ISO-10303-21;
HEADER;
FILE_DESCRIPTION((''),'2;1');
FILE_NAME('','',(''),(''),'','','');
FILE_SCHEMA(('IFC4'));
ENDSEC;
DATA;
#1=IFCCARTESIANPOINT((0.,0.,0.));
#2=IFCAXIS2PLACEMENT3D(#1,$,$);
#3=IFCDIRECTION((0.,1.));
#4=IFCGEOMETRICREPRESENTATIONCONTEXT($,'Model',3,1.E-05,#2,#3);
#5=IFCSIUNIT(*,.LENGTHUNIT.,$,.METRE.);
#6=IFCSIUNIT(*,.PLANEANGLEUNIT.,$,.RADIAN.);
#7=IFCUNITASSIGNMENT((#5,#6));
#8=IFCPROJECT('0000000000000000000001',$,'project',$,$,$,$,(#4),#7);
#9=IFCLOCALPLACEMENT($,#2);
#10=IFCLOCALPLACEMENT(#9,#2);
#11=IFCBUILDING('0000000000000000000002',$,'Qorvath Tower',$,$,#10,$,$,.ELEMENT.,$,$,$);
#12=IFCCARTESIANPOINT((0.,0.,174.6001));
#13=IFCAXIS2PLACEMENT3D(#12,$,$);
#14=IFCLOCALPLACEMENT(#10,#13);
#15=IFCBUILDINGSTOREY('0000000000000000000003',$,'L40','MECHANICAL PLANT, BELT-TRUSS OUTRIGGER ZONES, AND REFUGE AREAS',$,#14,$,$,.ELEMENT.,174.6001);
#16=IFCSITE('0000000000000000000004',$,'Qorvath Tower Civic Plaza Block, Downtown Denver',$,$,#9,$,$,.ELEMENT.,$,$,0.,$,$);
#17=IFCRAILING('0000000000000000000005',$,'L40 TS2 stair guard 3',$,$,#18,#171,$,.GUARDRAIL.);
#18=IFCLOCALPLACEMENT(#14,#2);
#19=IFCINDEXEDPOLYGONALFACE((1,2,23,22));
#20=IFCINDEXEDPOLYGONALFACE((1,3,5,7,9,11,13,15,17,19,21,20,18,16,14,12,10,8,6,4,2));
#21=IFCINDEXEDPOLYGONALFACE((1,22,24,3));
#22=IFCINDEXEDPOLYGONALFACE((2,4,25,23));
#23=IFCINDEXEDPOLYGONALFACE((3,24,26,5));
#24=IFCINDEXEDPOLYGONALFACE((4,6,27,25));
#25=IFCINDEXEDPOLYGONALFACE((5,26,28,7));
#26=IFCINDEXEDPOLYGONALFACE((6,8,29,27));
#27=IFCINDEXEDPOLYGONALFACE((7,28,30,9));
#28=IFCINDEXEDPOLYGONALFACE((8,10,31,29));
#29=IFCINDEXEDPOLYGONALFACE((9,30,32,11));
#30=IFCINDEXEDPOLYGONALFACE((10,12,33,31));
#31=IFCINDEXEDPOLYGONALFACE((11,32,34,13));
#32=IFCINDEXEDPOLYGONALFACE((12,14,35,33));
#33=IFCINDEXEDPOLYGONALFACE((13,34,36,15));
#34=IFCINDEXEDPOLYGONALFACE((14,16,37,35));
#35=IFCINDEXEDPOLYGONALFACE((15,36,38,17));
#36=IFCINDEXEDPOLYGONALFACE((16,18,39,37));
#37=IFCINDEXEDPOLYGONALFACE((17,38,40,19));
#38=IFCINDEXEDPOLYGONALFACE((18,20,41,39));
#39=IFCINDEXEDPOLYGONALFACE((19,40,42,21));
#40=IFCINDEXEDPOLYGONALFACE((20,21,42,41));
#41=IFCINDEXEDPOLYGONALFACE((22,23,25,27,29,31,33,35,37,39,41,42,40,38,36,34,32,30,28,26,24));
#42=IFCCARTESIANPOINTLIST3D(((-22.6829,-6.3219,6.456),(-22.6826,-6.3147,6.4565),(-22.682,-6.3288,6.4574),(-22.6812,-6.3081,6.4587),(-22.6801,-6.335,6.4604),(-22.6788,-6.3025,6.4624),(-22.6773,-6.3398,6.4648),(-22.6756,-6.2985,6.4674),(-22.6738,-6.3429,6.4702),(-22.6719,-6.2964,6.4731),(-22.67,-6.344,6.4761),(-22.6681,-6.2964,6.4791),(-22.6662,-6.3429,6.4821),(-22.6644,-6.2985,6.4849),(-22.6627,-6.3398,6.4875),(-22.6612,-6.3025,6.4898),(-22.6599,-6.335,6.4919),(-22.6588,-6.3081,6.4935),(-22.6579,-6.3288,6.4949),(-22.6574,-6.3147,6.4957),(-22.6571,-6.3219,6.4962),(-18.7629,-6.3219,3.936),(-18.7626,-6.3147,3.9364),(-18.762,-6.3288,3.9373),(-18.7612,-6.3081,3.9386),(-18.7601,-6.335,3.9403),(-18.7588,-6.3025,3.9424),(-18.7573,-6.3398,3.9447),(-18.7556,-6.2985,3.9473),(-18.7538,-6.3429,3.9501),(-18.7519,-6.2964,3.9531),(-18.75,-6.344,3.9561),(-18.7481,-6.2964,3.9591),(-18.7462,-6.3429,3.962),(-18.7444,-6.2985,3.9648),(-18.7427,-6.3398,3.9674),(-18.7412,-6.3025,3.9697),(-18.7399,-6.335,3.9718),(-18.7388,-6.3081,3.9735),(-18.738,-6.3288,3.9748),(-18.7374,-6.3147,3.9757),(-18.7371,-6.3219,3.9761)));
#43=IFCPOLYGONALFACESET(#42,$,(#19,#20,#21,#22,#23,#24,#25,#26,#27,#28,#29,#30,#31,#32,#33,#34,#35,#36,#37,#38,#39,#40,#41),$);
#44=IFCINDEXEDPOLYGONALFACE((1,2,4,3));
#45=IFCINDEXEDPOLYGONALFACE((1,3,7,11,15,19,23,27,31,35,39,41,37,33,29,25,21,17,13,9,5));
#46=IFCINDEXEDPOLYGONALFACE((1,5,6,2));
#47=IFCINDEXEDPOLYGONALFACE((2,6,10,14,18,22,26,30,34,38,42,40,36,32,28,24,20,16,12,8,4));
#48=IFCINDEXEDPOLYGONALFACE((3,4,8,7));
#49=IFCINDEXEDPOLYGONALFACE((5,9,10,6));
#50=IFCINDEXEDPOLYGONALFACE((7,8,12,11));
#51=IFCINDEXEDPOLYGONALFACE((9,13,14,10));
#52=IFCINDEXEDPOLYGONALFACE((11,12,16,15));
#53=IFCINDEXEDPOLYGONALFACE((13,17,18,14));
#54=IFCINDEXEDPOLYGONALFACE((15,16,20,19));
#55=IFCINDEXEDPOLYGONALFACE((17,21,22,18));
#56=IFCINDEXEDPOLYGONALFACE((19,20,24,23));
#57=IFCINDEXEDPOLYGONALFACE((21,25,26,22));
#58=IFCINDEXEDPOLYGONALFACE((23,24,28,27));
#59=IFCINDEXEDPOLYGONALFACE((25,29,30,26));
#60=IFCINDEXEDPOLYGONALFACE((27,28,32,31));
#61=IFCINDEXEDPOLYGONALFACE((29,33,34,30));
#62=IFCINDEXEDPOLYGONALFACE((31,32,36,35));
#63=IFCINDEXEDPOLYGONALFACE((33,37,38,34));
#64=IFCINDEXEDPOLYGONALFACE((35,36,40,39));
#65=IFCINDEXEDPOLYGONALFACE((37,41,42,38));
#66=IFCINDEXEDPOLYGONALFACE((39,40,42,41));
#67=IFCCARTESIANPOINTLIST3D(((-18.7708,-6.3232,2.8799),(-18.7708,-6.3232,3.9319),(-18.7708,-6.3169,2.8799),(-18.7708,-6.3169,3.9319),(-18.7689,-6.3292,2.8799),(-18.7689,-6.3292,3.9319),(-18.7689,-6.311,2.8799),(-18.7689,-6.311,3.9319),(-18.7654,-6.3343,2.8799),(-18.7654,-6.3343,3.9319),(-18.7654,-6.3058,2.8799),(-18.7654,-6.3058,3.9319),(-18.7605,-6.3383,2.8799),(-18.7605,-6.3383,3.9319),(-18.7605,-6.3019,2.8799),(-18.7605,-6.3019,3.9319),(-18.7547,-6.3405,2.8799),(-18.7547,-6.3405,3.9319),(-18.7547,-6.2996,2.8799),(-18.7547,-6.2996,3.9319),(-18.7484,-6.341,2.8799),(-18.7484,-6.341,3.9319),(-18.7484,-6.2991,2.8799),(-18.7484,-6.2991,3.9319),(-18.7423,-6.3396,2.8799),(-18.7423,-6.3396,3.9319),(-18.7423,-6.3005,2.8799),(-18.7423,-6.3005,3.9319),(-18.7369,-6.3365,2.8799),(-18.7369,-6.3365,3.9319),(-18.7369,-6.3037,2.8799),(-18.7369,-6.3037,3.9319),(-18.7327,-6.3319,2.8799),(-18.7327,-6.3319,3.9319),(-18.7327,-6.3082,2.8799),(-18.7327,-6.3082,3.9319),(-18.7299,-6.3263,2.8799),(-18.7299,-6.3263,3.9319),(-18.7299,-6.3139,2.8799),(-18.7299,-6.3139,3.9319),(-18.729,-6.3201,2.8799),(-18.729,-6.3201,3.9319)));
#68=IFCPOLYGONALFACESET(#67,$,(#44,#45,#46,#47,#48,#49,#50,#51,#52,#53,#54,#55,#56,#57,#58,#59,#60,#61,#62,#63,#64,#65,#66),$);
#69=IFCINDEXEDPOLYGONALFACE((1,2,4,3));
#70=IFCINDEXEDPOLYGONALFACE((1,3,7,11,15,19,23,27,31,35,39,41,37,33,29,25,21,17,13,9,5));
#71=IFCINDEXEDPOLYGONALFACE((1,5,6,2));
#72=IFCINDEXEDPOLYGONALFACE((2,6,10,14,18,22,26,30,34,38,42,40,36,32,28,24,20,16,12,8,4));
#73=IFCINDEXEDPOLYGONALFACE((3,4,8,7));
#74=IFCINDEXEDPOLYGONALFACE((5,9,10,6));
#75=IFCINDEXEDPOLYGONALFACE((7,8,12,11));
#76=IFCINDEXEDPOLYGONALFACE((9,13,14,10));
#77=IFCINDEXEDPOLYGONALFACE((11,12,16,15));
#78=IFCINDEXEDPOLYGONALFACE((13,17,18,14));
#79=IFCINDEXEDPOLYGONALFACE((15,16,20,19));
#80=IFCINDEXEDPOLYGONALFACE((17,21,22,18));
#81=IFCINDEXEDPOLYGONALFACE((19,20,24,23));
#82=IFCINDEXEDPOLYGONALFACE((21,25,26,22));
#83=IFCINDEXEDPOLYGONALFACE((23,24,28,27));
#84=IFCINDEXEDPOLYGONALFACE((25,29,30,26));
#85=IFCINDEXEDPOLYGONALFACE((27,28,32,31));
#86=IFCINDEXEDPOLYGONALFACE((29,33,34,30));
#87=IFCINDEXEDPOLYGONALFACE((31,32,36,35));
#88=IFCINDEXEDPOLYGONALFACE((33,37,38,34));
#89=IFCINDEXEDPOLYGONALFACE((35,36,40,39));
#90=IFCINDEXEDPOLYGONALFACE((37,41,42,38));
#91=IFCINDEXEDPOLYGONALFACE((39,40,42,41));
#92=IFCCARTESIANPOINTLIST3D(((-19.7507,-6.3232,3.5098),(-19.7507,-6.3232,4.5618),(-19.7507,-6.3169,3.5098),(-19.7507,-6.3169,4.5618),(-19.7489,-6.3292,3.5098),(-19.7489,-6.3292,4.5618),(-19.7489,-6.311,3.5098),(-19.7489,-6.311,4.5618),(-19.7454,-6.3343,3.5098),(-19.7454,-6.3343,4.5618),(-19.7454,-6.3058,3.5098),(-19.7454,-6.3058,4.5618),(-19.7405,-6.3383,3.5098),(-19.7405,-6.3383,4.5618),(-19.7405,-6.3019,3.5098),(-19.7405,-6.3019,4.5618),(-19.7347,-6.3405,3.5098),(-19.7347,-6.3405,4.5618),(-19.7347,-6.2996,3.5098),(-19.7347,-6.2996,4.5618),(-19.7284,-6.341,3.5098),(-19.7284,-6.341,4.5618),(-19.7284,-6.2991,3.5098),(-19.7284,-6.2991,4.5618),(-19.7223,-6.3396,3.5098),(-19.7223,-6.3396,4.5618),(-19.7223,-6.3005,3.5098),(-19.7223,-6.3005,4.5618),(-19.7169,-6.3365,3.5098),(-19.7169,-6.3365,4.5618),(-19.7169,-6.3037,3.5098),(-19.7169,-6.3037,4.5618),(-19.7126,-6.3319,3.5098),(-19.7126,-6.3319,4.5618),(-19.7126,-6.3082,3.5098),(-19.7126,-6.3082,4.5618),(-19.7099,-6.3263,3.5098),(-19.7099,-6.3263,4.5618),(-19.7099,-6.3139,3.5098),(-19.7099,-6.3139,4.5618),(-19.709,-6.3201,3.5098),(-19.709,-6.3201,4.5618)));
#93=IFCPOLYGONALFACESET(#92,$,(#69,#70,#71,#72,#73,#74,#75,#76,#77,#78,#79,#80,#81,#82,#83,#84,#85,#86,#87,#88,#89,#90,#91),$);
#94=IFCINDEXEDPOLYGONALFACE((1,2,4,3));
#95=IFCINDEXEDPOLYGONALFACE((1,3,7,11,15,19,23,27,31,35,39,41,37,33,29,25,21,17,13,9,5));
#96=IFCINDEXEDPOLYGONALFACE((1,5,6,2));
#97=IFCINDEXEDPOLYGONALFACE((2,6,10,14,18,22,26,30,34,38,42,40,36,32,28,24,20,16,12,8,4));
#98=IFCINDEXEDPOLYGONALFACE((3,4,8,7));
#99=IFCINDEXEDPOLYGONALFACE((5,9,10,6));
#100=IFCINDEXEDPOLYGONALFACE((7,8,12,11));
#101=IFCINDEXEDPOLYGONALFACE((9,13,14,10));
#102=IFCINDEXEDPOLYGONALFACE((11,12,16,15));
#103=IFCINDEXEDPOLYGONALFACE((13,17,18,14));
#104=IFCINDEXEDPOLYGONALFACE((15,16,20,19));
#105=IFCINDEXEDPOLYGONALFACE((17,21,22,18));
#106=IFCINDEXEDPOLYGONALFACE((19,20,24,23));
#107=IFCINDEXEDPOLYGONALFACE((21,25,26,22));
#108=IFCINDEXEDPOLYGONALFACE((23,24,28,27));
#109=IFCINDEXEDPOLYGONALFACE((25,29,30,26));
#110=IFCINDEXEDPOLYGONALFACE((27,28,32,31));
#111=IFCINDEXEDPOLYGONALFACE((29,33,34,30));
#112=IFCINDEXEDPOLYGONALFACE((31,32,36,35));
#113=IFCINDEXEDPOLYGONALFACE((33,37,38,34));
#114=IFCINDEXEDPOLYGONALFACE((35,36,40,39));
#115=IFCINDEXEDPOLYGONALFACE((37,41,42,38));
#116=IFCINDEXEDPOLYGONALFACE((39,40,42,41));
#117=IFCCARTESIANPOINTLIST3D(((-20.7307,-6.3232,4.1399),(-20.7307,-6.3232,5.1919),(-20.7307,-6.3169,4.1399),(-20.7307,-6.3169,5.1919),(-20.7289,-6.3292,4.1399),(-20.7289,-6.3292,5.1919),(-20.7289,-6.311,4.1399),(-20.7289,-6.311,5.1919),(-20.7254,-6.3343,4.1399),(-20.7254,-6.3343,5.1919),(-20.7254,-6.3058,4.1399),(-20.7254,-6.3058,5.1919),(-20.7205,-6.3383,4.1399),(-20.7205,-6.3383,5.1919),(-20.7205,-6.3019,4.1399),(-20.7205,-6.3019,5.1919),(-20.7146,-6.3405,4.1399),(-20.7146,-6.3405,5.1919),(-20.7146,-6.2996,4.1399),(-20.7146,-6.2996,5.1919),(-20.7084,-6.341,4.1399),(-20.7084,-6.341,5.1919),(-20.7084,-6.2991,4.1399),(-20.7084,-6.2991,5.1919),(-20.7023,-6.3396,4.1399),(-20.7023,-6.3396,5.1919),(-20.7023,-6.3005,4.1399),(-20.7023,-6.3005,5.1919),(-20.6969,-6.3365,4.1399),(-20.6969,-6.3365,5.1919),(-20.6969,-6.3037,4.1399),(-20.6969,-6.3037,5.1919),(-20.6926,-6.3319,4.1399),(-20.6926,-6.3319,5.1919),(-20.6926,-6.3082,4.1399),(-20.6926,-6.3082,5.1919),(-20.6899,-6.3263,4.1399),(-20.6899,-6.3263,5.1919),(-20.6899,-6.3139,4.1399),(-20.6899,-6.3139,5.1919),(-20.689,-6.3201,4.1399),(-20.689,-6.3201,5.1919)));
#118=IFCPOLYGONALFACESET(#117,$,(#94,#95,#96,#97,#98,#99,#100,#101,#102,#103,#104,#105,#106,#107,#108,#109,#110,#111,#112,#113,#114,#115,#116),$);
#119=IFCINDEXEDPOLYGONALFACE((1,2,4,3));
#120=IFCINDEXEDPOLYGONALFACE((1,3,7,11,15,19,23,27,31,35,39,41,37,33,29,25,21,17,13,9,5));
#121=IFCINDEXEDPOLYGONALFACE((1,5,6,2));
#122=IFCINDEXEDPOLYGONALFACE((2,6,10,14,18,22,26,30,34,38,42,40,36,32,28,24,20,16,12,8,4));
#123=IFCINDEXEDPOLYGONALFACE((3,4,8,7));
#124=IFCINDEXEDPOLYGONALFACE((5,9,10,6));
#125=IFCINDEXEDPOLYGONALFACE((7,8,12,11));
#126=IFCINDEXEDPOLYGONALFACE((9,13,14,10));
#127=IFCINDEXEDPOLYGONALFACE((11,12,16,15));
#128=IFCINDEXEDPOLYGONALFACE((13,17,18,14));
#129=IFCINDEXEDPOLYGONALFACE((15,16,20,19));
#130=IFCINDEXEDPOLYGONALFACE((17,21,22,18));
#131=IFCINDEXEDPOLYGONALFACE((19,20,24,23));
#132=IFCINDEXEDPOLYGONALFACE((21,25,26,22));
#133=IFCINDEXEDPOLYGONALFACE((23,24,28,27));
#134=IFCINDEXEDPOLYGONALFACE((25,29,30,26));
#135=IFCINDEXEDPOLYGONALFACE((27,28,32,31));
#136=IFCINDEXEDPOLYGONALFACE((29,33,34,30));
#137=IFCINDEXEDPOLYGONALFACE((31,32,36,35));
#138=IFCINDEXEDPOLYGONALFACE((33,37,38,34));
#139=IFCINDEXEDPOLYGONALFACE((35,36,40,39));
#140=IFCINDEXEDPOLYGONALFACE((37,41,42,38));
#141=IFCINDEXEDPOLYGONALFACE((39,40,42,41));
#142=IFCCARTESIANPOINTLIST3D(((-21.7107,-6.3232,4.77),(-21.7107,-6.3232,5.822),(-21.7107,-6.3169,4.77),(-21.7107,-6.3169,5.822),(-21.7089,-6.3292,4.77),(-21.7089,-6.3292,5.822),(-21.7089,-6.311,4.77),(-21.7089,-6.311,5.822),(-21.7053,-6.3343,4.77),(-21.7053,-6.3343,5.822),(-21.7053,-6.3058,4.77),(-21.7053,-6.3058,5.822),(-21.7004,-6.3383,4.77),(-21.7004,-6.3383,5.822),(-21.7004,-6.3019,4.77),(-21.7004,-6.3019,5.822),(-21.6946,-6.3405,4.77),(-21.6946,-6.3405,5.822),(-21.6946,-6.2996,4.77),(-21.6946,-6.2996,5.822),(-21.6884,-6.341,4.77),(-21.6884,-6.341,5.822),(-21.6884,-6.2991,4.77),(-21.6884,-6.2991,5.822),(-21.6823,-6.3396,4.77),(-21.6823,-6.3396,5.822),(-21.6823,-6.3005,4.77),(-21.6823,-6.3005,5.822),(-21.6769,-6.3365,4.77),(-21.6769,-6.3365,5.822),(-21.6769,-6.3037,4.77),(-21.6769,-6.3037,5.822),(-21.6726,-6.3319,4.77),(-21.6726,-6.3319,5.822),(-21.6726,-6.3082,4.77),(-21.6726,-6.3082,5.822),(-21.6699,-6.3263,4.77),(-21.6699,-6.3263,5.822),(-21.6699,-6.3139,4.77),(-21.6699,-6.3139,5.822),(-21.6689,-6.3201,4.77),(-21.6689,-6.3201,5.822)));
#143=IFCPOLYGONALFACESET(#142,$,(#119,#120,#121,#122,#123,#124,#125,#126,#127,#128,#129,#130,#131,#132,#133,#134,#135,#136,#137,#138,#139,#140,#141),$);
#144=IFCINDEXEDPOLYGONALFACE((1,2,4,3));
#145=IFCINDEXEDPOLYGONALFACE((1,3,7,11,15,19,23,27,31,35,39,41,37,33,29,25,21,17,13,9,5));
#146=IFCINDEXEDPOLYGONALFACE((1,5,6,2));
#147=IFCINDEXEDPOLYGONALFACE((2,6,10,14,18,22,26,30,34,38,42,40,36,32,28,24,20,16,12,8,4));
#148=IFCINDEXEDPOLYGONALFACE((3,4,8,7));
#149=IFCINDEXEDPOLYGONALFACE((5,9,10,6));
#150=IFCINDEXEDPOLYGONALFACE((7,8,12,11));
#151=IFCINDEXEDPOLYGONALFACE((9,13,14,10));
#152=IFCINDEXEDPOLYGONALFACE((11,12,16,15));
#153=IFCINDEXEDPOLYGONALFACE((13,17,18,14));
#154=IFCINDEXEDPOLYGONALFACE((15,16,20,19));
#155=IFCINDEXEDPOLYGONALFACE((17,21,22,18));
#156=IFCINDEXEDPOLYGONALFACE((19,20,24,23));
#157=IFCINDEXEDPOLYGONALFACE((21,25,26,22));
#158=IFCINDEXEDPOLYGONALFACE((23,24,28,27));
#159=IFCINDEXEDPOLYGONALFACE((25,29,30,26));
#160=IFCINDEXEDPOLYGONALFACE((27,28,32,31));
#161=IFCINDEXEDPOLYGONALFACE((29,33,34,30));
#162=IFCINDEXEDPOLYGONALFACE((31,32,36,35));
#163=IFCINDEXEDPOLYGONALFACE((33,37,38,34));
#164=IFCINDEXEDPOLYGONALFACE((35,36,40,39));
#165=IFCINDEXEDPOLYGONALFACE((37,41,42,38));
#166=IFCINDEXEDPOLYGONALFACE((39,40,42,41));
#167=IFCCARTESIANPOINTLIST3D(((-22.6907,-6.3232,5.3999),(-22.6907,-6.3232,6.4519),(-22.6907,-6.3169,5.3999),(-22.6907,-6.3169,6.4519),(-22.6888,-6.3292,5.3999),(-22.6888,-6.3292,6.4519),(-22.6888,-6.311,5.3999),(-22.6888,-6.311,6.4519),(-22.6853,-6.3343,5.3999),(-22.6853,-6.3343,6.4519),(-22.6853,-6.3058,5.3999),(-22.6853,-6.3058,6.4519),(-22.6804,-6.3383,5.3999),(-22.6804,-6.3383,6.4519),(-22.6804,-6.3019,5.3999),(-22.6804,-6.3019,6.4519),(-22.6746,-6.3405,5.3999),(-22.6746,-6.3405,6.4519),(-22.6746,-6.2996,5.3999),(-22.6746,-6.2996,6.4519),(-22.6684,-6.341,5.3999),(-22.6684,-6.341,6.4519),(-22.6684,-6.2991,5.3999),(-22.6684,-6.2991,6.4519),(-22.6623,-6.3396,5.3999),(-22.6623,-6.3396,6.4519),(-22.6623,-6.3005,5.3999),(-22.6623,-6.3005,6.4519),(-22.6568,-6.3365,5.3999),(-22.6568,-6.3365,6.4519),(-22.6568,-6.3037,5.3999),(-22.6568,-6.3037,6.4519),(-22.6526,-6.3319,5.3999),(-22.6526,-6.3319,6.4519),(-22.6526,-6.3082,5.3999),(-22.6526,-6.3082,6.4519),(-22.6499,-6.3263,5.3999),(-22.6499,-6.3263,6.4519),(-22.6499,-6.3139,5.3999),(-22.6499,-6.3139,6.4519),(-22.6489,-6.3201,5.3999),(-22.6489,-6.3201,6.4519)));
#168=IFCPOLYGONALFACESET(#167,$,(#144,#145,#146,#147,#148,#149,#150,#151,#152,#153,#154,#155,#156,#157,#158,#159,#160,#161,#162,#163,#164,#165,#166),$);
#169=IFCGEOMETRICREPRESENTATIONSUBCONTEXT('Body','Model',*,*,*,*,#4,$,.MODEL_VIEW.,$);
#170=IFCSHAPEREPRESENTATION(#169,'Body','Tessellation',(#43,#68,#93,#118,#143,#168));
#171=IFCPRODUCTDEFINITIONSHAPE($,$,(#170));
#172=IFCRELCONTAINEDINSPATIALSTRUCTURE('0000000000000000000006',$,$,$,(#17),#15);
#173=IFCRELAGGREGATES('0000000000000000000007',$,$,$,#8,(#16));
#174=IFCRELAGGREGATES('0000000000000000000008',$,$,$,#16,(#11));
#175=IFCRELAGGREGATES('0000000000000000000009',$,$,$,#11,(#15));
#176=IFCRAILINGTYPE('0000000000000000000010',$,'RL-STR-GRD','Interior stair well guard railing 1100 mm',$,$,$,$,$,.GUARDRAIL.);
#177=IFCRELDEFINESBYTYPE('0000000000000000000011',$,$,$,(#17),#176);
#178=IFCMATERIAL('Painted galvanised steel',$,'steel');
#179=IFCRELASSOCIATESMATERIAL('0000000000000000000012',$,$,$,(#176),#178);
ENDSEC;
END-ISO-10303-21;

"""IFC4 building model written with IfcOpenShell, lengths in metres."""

from ifc_helpers import new_model, si_unit, direction, frame, origin, origin_2d, place, context, subcontext, project, spatial, circle, extrude, material, type_object, element, save


model = new_model("IFC4")

# Units and contexts
model_context = context("Model", 3, precision=1e-05, world=origin(), true_north=direction((0.0, 1.0)))
body_context = subcontext(model_context, "Body", "Model", "MODEL_VIEW")
ifc_project = project(units=[si_unit("LENGTHUNIT", "METRE"), si_unit("PLANEANGLEUNIT", "RADIAN")], contexts=[model_context])

# Site, building, storey
site_placement = place(None, origin())
site = spatial("IfcSite", under=ifc_project, at=site_placement, Name="Qorvath Tower Civic Plaza Block, Downtown Denver", CompositionType="ELEMENT", RefElevation=0.0)
building_placement = place(site_placement, origin())
building = spatial("IfcBuilding", under=site, at=building_placement, Name="Qorvath Tower", CompositionType="ELEMENT")
storey_placement = place(building_placement, frame((0.0, 0.0, 174.6001)))
storey = spatial("IfcBuildingStorey", under=building, at=storey_placement, Name="L40", Description="MECHANICAL PLANT, BELT-TRUSS OUTRIGGER ZONES, AND REFUGE AREAS", CompositionType="ELEMENT", Elevation=174.6001)

# Railing
ifc_material_1 = material(Name="Painted galvanised steel", Category="steel")
railing_type_1 = type_object("IfcRailingType", Name="RL-STR-GRD", Description="Interior stair well guard railing 1100 mm", PredefinedType="GUARDRAIL", material=ifc_material_1)
railing_1_placement = place(storey_placement, frame((-18.75, -6.3201, 2.8799)))
element("IfcRailing", 1, at=railing_1_placement, inside=storey, type_object=railing_type_1, Name="L40 TS2 stair guard 3", PredefinedType="GUARDRAIL", context=body_context, shape_type="SweptSolid", body=[
    extrude(circle(Radius=0.0239, at=origin_2d()), frame((0.0, 0.0, 1.0762), z_axis=(-0.841172, 0.0, 0.540768), x_axis=(0.0, -1.0, 0.0)), (0.0, 0.0, 1.0), 4.6602),
    extrude(circle(Radius=0.021, at=origin_2d()), origin(), (0.0, 0.0, 1.0), 1.052),
    extrude(circle(Radius=0.021, at=origin_2d()), frame((-0.98, 0.0, 0.6299)), (0.0, 0.0, 1.0), 1.052),
    extrude(circle(Radius=0.021, at=origin_2d()), frame((-1.96, 0.0, 1.26)), (0.0, 0.0, 1.0), 1.052),
    extrude(circle(Radius=0.021, at=origin_2d()), frame((-2.9399, 0.0, 1.8901)), (0.0, 0.0, 1.0), 1.052),
    extrude(circle(Radius=0.021, at=origin_2d()), frame((-3.9199, 0.0, 2.52)), (0.0, 0.0, 1.0), 1.052),
])

save(model, "model.ifc")
